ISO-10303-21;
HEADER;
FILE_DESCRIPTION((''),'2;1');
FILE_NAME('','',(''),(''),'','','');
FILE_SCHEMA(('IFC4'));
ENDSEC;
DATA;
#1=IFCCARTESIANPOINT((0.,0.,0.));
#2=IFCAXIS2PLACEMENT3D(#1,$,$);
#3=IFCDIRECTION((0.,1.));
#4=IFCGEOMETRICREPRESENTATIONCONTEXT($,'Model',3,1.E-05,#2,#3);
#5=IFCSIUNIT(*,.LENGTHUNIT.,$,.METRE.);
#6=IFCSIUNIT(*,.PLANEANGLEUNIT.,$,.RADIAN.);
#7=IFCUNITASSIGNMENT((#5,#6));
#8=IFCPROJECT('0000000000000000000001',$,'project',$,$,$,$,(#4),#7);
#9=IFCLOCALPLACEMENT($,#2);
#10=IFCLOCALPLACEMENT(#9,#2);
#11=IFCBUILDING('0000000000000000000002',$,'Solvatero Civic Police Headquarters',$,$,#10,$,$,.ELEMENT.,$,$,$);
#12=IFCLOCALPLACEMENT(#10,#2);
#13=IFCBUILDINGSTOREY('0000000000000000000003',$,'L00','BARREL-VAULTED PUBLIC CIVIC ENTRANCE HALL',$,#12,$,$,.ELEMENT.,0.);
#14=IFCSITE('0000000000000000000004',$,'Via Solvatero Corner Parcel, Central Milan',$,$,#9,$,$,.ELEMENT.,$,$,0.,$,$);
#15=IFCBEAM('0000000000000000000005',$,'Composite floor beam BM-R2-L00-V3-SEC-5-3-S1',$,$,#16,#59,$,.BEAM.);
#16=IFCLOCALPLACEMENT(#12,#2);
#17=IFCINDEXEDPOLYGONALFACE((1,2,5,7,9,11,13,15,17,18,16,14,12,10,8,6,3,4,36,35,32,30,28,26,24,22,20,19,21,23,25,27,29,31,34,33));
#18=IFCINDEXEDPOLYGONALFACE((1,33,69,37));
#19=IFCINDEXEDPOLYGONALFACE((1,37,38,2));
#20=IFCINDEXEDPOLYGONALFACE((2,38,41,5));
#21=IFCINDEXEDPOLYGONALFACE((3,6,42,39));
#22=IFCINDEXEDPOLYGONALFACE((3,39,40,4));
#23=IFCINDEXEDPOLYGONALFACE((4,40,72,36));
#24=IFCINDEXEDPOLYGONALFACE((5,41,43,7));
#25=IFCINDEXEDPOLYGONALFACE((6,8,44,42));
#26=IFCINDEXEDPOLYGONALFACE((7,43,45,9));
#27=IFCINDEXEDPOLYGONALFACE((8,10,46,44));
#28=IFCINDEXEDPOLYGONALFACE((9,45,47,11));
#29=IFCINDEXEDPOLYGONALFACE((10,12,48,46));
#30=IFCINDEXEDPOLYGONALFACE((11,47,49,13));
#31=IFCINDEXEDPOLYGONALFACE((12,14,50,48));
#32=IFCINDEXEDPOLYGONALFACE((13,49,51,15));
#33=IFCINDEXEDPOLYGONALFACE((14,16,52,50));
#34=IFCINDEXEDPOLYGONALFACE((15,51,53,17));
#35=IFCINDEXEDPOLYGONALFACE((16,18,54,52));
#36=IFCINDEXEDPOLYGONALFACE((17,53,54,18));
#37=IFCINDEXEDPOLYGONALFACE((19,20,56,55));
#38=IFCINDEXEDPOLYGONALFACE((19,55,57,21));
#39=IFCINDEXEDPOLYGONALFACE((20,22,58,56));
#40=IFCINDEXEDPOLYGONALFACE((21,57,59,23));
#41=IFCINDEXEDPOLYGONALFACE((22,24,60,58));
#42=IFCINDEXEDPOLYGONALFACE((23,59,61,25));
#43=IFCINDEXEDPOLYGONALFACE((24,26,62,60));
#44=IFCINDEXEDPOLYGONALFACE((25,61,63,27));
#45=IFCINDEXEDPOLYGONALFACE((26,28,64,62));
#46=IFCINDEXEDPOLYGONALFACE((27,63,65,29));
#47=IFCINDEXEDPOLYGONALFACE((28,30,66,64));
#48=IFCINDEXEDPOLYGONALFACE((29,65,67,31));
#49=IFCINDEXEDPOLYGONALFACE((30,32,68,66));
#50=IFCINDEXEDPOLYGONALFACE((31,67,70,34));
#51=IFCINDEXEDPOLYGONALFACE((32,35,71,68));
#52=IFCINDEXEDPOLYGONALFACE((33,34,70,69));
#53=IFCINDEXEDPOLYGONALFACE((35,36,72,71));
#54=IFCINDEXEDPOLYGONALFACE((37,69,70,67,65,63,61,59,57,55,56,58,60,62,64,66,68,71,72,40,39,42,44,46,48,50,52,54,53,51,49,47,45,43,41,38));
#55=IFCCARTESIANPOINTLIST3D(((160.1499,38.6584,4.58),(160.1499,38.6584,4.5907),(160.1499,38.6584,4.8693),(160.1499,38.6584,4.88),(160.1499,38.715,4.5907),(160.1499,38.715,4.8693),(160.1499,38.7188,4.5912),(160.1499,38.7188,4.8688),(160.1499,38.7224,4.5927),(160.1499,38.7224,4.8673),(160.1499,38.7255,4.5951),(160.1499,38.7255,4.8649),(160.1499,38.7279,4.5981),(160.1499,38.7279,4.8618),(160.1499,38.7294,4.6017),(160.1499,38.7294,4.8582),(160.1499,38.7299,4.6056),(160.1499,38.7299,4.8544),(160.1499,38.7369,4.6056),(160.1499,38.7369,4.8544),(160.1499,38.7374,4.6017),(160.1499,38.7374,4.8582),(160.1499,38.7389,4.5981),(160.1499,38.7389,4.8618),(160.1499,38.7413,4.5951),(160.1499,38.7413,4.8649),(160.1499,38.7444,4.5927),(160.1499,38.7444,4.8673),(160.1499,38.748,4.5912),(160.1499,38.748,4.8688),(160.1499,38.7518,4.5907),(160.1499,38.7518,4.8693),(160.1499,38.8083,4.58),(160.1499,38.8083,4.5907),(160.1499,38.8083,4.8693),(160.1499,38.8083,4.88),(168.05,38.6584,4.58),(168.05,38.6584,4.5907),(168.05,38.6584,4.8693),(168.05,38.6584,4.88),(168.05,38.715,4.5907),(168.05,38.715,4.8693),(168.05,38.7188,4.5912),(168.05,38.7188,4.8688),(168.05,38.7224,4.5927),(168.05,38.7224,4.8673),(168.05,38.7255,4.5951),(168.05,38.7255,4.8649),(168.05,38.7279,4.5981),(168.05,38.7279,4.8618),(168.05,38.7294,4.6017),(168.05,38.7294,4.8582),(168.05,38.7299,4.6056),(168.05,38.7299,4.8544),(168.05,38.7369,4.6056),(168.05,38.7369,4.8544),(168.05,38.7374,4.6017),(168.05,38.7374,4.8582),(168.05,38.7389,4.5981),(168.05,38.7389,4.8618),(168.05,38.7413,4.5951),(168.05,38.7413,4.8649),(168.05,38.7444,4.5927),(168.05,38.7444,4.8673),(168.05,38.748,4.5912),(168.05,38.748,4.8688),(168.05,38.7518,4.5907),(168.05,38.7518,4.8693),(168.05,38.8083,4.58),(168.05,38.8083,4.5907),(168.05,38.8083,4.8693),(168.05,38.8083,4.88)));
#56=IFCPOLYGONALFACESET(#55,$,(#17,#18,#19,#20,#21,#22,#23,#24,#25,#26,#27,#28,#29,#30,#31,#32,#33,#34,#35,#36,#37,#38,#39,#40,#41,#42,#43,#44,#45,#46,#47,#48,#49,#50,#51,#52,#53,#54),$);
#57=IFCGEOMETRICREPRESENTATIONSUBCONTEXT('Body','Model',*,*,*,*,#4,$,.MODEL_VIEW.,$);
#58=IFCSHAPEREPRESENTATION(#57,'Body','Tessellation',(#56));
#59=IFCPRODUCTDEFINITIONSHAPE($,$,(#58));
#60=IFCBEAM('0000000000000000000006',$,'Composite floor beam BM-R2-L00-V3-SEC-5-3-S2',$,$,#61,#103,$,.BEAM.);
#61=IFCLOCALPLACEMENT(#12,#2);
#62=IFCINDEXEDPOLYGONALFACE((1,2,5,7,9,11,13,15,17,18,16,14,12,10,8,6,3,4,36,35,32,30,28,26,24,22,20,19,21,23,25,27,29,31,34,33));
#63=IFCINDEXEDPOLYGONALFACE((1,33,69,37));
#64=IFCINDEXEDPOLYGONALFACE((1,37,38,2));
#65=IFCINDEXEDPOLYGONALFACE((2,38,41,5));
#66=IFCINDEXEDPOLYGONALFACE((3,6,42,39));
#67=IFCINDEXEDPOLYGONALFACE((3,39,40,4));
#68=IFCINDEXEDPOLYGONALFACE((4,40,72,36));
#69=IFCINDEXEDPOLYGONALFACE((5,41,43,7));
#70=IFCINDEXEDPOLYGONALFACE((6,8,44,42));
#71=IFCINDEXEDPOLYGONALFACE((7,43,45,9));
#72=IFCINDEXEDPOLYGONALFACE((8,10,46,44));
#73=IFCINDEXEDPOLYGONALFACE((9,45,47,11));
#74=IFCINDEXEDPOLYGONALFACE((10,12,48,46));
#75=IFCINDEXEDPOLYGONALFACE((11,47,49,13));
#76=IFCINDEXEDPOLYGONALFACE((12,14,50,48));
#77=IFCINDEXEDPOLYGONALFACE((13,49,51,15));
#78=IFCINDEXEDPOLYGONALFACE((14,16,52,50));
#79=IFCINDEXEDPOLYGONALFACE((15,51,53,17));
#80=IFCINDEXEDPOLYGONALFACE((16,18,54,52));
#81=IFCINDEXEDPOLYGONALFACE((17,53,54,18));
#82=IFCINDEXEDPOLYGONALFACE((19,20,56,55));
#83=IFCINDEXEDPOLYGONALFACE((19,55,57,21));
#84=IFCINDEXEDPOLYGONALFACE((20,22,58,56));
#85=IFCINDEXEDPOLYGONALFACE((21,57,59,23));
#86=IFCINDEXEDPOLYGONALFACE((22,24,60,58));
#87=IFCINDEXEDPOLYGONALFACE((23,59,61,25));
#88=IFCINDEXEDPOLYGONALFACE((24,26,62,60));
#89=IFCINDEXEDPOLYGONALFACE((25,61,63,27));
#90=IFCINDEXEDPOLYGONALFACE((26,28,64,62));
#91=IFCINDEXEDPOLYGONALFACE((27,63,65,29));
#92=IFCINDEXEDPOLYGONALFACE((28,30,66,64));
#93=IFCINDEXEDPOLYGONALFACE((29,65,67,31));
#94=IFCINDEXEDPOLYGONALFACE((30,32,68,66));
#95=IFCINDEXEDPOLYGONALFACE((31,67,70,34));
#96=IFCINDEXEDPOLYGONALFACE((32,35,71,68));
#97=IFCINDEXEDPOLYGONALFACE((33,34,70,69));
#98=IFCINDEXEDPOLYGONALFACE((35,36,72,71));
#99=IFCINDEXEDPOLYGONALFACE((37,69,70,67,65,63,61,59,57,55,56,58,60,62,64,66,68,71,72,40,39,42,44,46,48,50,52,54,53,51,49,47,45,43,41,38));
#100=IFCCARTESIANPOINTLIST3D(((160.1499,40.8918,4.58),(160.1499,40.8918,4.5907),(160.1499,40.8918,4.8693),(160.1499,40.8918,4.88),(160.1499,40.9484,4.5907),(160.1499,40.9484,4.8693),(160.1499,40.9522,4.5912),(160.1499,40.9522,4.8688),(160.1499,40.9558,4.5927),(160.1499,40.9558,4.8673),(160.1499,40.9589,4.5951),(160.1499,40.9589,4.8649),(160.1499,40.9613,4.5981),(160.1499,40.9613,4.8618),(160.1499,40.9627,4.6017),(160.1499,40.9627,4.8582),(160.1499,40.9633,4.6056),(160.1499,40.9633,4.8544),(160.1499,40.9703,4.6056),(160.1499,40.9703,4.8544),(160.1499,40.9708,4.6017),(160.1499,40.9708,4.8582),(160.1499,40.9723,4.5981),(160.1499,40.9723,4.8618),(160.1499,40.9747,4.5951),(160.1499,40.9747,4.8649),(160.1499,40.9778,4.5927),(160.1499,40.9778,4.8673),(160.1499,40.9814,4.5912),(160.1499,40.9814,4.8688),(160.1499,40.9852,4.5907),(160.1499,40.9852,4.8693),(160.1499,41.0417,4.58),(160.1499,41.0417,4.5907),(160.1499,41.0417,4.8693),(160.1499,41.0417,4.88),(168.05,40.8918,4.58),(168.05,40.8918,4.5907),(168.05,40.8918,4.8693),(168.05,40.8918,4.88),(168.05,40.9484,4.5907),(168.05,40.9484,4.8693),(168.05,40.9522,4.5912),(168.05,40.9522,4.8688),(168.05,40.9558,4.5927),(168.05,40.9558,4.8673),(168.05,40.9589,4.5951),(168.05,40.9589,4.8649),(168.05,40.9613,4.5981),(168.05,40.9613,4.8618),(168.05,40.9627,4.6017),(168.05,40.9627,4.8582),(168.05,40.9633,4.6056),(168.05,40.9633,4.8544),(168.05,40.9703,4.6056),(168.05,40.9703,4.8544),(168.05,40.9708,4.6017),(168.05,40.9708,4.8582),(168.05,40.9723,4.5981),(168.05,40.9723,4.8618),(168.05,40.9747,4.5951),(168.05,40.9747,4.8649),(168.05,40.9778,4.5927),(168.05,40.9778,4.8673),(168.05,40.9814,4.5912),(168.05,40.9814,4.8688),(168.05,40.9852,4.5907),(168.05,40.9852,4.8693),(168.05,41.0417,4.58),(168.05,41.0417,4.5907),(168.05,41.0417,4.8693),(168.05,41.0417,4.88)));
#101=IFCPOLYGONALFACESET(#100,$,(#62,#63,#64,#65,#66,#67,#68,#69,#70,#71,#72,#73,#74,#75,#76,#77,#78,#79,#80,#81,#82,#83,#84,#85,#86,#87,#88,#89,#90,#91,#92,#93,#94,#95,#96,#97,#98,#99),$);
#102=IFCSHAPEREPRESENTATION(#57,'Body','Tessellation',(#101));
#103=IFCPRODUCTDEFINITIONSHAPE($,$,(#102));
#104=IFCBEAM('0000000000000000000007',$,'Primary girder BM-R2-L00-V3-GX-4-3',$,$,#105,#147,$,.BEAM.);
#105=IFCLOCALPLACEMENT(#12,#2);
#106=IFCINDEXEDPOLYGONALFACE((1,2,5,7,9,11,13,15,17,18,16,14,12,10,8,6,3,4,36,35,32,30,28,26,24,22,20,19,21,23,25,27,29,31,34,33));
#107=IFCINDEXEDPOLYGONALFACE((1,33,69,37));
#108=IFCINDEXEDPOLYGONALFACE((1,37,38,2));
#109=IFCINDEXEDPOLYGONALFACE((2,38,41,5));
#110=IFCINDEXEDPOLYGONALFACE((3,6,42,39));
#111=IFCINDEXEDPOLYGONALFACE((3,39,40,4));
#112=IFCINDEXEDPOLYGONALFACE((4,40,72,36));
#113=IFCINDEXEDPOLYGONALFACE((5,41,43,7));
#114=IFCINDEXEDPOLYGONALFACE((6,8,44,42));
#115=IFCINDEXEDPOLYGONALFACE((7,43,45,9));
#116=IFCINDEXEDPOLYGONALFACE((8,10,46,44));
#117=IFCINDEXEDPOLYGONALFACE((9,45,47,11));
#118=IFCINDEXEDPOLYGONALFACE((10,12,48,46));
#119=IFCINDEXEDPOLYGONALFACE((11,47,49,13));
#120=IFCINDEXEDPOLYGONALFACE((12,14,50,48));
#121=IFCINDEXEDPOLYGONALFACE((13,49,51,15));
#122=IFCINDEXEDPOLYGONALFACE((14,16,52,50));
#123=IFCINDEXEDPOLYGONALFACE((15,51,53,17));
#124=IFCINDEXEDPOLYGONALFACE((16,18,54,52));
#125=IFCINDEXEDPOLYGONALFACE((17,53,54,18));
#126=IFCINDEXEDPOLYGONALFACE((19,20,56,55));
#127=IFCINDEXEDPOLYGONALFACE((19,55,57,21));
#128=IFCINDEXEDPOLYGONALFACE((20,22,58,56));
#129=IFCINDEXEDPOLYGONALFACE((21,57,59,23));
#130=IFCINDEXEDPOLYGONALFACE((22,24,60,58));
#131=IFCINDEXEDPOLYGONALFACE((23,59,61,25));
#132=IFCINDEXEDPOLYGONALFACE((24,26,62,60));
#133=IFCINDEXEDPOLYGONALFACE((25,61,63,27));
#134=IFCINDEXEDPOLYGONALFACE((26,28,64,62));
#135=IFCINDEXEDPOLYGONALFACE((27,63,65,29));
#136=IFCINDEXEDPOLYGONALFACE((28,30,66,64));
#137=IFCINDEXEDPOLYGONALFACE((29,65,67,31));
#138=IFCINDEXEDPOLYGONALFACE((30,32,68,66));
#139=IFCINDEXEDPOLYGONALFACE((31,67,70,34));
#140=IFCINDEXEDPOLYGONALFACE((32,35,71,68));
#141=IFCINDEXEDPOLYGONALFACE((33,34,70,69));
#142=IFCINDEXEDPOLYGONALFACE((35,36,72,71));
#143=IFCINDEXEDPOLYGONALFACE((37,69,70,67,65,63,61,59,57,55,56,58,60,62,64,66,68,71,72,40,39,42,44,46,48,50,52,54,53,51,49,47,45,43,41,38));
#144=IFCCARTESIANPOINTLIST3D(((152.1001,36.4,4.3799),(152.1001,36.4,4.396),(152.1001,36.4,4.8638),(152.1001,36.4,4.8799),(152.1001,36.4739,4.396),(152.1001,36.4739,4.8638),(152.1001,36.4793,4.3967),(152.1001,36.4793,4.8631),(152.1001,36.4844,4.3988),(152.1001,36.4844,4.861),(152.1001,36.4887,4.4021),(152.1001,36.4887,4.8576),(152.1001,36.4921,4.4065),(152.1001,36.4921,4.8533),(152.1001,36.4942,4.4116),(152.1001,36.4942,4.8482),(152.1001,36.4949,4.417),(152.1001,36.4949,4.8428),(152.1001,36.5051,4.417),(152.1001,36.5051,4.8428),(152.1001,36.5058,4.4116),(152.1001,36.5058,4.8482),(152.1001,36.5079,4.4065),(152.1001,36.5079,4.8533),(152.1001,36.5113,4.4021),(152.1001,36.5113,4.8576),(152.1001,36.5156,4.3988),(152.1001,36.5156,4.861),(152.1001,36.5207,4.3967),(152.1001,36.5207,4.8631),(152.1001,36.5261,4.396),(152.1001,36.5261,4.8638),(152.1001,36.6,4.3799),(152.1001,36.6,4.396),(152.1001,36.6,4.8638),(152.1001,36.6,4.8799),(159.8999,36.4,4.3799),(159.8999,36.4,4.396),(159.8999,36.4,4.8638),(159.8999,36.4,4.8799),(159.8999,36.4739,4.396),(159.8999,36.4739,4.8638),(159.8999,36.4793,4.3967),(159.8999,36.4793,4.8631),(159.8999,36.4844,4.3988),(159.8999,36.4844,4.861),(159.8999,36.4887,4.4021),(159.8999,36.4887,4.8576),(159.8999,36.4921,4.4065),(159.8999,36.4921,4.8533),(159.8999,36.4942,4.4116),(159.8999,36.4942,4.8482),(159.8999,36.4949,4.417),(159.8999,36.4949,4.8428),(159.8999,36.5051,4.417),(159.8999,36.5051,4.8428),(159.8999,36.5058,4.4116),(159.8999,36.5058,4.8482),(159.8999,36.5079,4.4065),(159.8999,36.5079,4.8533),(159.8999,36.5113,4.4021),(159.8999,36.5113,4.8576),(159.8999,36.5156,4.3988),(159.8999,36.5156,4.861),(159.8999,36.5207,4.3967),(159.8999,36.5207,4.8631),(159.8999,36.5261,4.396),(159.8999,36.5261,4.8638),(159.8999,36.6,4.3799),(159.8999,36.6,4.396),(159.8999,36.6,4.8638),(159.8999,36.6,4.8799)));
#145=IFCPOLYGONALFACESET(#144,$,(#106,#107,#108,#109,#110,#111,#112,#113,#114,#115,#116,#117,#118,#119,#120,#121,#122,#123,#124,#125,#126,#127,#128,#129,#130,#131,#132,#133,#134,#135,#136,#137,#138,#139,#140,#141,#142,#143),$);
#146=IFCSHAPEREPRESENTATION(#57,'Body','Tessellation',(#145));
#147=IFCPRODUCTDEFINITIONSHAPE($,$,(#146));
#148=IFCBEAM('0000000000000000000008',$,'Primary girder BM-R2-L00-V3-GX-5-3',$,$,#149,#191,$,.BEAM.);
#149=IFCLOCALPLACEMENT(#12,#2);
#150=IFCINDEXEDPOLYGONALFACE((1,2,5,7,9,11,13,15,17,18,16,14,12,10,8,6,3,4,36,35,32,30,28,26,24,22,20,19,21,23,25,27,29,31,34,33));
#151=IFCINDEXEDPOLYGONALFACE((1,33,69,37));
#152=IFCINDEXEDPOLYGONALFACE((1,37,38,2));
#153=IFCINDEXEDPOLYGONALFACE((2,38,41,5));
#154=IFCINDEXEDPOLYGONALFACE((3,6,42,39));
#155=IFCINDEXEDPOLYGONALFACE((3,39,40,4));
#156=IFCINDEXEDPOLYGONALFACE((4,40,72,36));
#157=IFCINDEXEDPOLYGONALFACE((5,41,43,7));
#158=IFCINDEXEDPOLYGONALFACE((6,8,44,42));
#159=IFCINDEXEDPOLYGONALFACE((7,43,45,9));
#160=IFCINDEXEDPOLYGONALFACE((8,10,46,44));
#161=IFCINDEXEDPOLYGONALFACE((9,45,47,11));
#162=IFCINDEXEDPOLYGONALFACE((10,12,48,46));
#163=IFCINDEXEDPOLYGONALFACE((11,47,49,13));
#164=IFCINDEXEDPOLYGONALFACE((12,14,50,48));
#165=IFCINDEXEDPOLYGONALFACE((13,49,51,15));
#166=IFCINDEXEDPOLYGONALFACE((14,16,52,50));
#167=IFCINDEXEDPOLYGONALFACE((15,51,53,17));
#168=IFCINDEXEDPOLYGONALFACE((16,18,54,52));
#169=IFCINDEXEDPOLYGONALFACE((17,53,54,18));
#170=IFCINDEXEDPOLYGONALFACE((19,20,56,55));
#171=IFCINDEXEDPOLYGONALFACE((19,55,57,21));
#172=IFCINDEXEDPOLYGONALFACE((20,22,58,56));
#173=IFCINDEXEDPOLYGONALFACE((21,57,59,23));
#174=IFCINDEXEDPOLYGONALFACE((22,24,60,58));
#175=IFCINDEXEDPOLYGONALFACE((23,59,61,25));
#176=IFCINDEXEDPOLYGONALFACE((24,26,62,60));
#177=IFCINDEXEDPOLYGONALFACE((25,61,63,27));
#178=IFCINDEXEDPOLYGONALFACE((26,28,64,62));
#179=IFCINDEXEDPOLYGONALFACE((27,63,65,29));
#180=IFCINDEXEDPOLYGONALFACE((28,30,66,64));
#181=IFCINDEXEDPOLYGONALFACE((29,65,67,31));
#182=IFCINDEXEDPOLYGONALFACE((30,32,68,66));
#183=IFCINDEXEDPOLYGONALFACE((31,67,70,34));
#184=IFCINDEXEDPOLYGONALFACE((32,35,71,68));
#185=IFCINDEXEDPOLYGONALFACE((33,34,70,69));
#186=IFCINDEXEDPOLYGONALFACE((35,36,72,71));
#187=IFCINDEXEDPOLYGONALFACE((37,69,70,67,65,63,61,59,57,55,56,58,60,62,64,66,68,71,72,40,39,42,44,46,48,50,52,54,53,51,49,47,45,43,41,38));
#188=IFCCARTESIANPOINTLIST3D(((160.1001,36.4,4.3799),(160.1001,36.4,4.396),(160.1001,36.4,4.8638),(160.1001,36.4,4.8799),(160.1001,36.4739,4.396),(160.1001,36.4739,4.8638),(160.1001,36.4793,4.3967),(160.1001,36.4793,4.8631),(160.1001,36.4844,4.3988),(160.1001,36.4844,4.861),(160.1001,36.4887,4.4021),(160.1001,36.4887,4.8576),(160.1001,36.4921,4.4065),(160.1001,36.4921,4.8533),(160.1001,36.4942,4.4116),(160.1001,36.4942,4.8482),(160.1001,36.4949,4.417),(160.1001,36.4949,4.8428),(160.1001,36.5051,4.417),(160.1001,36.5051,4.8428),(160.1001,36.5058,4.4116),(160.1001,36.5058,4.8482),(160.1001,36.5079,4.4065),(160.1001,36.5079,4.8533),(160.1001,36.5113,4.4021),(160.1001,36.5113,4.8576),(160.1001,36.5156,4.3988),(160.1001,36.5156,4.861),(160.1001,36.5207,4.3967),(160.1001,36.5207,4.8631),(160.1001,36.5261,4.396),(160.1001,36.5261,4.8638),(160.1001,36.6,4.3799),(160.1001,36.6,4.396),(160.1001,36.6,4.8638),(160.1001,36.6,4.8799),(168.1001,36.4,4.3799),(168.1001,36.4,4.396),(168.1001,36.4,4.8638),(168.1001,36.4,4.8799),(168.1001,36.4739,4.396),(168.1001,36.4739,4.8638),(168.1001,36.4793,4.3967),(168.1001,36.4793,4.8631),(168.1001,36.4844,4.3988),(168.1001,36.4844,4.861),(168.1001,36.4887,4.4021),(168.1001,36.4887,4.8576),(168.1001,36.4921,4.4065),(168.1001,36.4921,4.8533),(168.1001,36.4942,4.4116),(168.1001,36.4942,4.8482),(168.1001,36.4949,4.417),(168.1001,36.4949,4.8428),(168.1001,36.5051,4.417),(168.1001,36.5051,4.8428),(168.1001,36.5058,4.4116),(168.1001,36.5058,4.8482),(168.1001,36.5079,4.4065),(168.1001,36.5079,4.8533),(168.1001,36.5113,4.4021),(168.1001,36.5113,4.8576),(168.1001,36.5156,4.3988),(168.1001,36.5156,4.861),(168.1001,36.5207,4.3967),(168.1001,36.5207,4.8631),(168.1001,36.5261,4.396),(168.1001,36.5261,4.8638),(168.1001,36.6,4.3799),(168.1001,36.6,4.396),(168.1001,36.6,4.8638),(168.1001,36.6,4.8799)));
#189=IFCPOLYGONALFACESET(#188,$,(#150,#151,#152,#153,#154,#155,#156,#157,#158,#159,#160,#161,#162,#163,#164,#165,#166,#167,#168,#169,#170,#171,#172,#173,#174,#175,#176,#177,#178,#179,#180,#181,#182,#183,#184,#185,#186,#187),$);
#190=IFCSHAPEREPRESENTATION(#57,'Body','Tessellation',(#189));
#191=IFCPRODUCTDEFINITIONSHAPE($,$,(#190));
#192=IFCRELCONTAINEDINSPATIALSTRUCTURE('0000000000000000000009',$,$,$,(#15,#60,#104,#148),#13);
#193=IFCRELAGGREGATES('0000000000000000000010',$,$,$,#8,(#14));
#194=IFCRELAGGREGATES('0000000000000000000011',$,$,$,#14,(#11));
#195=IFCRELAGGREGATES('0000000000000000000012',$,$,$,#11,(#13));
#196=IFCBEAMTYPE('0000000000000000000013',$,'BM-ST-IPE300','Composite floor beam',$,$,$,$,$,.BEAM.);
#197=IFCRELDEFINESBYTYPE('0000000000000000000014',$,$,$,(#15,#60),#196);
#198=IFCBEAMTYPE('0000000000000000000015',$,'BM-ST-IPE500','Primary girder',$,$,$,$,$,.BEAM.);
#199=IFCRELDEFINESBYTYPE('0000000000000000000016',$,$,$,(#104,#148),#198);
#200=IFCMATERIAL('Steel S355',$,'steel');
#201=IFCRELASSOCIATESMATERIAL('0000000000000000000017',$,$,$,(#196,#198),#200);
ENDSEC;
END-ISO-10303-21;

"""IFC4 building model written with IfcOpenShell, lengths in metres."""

from ifc_helpers import new_model, si_unit, direction, frame, origin, origin_2d, place, context, subcontext, project, spatial, i_section, extrude, material, material_profile, profile_set, type_object, element, save


model = new_model("IFC4")

# Units and contexts
model_context = context("Model", 3, precision=1e-05, world=origin(), true_north=direction((0.0, 1.0)))
body_context = subcontext(model_context, "Body", "Model", "MODEL_VIEW")
ifc_project = project(units=[si_unit("LENGTHUNIT", "METRE"), si_unit("PLANEANGLEUNIT", "RADIAN")], contexts=[model_context])

# Site, building, storey
site_placement = place(None, origin())
site = spatial("IfcSite", under=ifc_project, at=site_placement, Name="Via Solvatero Corner Parcel, Central Milan", CompositionType="ELEMENT", RefElevation=0.0)
building_placement = place(site_placement, origin())
building = spatial("IfcBuilding", under=site, at=building_placement, Name="Solvatero Civic Police Headquarters", CompositionType="ELEMENT")
storey_placement = place(building_placement, origin())
storey = spatial("IfcBuildingStorey", under=building, at=storey_placement, Name="L00", Description="BARREL-VAULTED PUBLIC CIVIC ENTRANCE HALL", CompositionType="ELEMENT", Elevation=0.0)

# Beams
ifc_material_1 = material(Name="Steel S355", Category="steel")
ifc_material_profile_1 = material_profile(ifc_material_1, i_section(OverallWidth=0.1499, OverallDepth=0.3, WebThickness=0.0071, FlangeThickness=0.0107, FilletRadius=0.0149, at=origin_2d()), Name="IPE 300")
ifc_profile_set_1 = profile_set([ifc_material_profile_1], Name="Steel S355")
beam_type_1 = type_object("IfcBeamType", Name="BM-ST-IPE300", Description="Composite floor beam", PredefinedType="BEAM", material=ifc_profile_set_1)
for number, where, z_axis, x_axis, name in (
    (1, (160.1499, 38.7334, 4.73), (1.0, 0.0, 0.0), (0.0, 1.0, 0.0), "Composite floor beam BM-R2-L00-V3-SEC-5-3-S1"),
    (2, (160.1499, 40.9668, 4.73), (1.0, 0.0, 0.0), (0.0, 1.0, 0.0), "Composite floor beam BM-R2-L00-V3-SEC-5-3-S2"),
):
    element("IfcBeam", number, at=place(storey_placement, frame(where, z_axis=z_axis, x_axis=x_axis)), inside=storey, type_object=beam_type_1, Name=name, PredefinedType="BEAM", context=body_context, shape_type="SweptSolid", body=[
        extrude(i_section(OverallWidth=0.1499, OverallDepth=0.3, WebThickness=0.0071, FlangeThickness=0.0107, FilletRadius=0.0149, at=origin_2d()), origin(), (0.0, 0.0, 1.0), 7.9001),
    ])
ifc_material_profile_2 = material_profile(ifc_material_1, i_section(OverallWidth=0.2, OverallDepth=0.5, WebThickness=0.0103, FlangeThickness=0.0161, FilletRadius=0.021, at=origin_2d()), Name="IPE 500")
ifc_profile_set_2 = profile_set([ifc_material_profile_2], Name="Steel S355")
beam_type_2 = type_object("IfcBeamType", Name="BM-ST-IPE500", Description="Primary girder", PredefinedType="BEAM", material=ifc_profile_set_2)
beam_1_placement = place(storey_placement, frame((152.1001, 36.5, 4.6299), z_axis=(1.0, 0.0, 0.0), x_axis=(0.0, 1.0, 0.0)))
element("IfcBeam", 3, at=beam_1_placement, inside=storey, type_object=beam_type_2, Name="Primary girder BM-R2-L00-V3-GX-4-3", PredefinedType="BEAM", context=body_context, shape_type="SweptSolid", body=[
    extrude(i_section(OverallWidth=0.2, OverallDepth=0.5, WebThickness=0.0103, FlangeThickness=0.0161, FilletRadius=0.021, at=origin_2d()), origin(), (0.0, 0.0, 1.0), 7.7998),
])
beam_2_placement = place(storey_placement, frame((160.1001, 36.5, 4.6299), z_axis=(1.0, 0.0, 0.0), x_axis=(0.0, 1.0, 0.0)))
element("IfcBeam", 4, at=beam_2_placement, inside=storey, type_object=beam_type_2, Name="Primary girder BM-R2-L00-V3-GX-5-3", PredefinedType="BEAM", context=body_context, shape_type="SweptSolid", body=[
    extrude(i_section(OverallWidth=0.2, OverallDepth=0.5, WebThickness=0.0103, FlangeThickness=0.0161, FilletRadius=0.021, at=origin_2d()), origin(), (0.0, 0.0, 1.0), 8.0),
])

save(model, "model.ifc")
